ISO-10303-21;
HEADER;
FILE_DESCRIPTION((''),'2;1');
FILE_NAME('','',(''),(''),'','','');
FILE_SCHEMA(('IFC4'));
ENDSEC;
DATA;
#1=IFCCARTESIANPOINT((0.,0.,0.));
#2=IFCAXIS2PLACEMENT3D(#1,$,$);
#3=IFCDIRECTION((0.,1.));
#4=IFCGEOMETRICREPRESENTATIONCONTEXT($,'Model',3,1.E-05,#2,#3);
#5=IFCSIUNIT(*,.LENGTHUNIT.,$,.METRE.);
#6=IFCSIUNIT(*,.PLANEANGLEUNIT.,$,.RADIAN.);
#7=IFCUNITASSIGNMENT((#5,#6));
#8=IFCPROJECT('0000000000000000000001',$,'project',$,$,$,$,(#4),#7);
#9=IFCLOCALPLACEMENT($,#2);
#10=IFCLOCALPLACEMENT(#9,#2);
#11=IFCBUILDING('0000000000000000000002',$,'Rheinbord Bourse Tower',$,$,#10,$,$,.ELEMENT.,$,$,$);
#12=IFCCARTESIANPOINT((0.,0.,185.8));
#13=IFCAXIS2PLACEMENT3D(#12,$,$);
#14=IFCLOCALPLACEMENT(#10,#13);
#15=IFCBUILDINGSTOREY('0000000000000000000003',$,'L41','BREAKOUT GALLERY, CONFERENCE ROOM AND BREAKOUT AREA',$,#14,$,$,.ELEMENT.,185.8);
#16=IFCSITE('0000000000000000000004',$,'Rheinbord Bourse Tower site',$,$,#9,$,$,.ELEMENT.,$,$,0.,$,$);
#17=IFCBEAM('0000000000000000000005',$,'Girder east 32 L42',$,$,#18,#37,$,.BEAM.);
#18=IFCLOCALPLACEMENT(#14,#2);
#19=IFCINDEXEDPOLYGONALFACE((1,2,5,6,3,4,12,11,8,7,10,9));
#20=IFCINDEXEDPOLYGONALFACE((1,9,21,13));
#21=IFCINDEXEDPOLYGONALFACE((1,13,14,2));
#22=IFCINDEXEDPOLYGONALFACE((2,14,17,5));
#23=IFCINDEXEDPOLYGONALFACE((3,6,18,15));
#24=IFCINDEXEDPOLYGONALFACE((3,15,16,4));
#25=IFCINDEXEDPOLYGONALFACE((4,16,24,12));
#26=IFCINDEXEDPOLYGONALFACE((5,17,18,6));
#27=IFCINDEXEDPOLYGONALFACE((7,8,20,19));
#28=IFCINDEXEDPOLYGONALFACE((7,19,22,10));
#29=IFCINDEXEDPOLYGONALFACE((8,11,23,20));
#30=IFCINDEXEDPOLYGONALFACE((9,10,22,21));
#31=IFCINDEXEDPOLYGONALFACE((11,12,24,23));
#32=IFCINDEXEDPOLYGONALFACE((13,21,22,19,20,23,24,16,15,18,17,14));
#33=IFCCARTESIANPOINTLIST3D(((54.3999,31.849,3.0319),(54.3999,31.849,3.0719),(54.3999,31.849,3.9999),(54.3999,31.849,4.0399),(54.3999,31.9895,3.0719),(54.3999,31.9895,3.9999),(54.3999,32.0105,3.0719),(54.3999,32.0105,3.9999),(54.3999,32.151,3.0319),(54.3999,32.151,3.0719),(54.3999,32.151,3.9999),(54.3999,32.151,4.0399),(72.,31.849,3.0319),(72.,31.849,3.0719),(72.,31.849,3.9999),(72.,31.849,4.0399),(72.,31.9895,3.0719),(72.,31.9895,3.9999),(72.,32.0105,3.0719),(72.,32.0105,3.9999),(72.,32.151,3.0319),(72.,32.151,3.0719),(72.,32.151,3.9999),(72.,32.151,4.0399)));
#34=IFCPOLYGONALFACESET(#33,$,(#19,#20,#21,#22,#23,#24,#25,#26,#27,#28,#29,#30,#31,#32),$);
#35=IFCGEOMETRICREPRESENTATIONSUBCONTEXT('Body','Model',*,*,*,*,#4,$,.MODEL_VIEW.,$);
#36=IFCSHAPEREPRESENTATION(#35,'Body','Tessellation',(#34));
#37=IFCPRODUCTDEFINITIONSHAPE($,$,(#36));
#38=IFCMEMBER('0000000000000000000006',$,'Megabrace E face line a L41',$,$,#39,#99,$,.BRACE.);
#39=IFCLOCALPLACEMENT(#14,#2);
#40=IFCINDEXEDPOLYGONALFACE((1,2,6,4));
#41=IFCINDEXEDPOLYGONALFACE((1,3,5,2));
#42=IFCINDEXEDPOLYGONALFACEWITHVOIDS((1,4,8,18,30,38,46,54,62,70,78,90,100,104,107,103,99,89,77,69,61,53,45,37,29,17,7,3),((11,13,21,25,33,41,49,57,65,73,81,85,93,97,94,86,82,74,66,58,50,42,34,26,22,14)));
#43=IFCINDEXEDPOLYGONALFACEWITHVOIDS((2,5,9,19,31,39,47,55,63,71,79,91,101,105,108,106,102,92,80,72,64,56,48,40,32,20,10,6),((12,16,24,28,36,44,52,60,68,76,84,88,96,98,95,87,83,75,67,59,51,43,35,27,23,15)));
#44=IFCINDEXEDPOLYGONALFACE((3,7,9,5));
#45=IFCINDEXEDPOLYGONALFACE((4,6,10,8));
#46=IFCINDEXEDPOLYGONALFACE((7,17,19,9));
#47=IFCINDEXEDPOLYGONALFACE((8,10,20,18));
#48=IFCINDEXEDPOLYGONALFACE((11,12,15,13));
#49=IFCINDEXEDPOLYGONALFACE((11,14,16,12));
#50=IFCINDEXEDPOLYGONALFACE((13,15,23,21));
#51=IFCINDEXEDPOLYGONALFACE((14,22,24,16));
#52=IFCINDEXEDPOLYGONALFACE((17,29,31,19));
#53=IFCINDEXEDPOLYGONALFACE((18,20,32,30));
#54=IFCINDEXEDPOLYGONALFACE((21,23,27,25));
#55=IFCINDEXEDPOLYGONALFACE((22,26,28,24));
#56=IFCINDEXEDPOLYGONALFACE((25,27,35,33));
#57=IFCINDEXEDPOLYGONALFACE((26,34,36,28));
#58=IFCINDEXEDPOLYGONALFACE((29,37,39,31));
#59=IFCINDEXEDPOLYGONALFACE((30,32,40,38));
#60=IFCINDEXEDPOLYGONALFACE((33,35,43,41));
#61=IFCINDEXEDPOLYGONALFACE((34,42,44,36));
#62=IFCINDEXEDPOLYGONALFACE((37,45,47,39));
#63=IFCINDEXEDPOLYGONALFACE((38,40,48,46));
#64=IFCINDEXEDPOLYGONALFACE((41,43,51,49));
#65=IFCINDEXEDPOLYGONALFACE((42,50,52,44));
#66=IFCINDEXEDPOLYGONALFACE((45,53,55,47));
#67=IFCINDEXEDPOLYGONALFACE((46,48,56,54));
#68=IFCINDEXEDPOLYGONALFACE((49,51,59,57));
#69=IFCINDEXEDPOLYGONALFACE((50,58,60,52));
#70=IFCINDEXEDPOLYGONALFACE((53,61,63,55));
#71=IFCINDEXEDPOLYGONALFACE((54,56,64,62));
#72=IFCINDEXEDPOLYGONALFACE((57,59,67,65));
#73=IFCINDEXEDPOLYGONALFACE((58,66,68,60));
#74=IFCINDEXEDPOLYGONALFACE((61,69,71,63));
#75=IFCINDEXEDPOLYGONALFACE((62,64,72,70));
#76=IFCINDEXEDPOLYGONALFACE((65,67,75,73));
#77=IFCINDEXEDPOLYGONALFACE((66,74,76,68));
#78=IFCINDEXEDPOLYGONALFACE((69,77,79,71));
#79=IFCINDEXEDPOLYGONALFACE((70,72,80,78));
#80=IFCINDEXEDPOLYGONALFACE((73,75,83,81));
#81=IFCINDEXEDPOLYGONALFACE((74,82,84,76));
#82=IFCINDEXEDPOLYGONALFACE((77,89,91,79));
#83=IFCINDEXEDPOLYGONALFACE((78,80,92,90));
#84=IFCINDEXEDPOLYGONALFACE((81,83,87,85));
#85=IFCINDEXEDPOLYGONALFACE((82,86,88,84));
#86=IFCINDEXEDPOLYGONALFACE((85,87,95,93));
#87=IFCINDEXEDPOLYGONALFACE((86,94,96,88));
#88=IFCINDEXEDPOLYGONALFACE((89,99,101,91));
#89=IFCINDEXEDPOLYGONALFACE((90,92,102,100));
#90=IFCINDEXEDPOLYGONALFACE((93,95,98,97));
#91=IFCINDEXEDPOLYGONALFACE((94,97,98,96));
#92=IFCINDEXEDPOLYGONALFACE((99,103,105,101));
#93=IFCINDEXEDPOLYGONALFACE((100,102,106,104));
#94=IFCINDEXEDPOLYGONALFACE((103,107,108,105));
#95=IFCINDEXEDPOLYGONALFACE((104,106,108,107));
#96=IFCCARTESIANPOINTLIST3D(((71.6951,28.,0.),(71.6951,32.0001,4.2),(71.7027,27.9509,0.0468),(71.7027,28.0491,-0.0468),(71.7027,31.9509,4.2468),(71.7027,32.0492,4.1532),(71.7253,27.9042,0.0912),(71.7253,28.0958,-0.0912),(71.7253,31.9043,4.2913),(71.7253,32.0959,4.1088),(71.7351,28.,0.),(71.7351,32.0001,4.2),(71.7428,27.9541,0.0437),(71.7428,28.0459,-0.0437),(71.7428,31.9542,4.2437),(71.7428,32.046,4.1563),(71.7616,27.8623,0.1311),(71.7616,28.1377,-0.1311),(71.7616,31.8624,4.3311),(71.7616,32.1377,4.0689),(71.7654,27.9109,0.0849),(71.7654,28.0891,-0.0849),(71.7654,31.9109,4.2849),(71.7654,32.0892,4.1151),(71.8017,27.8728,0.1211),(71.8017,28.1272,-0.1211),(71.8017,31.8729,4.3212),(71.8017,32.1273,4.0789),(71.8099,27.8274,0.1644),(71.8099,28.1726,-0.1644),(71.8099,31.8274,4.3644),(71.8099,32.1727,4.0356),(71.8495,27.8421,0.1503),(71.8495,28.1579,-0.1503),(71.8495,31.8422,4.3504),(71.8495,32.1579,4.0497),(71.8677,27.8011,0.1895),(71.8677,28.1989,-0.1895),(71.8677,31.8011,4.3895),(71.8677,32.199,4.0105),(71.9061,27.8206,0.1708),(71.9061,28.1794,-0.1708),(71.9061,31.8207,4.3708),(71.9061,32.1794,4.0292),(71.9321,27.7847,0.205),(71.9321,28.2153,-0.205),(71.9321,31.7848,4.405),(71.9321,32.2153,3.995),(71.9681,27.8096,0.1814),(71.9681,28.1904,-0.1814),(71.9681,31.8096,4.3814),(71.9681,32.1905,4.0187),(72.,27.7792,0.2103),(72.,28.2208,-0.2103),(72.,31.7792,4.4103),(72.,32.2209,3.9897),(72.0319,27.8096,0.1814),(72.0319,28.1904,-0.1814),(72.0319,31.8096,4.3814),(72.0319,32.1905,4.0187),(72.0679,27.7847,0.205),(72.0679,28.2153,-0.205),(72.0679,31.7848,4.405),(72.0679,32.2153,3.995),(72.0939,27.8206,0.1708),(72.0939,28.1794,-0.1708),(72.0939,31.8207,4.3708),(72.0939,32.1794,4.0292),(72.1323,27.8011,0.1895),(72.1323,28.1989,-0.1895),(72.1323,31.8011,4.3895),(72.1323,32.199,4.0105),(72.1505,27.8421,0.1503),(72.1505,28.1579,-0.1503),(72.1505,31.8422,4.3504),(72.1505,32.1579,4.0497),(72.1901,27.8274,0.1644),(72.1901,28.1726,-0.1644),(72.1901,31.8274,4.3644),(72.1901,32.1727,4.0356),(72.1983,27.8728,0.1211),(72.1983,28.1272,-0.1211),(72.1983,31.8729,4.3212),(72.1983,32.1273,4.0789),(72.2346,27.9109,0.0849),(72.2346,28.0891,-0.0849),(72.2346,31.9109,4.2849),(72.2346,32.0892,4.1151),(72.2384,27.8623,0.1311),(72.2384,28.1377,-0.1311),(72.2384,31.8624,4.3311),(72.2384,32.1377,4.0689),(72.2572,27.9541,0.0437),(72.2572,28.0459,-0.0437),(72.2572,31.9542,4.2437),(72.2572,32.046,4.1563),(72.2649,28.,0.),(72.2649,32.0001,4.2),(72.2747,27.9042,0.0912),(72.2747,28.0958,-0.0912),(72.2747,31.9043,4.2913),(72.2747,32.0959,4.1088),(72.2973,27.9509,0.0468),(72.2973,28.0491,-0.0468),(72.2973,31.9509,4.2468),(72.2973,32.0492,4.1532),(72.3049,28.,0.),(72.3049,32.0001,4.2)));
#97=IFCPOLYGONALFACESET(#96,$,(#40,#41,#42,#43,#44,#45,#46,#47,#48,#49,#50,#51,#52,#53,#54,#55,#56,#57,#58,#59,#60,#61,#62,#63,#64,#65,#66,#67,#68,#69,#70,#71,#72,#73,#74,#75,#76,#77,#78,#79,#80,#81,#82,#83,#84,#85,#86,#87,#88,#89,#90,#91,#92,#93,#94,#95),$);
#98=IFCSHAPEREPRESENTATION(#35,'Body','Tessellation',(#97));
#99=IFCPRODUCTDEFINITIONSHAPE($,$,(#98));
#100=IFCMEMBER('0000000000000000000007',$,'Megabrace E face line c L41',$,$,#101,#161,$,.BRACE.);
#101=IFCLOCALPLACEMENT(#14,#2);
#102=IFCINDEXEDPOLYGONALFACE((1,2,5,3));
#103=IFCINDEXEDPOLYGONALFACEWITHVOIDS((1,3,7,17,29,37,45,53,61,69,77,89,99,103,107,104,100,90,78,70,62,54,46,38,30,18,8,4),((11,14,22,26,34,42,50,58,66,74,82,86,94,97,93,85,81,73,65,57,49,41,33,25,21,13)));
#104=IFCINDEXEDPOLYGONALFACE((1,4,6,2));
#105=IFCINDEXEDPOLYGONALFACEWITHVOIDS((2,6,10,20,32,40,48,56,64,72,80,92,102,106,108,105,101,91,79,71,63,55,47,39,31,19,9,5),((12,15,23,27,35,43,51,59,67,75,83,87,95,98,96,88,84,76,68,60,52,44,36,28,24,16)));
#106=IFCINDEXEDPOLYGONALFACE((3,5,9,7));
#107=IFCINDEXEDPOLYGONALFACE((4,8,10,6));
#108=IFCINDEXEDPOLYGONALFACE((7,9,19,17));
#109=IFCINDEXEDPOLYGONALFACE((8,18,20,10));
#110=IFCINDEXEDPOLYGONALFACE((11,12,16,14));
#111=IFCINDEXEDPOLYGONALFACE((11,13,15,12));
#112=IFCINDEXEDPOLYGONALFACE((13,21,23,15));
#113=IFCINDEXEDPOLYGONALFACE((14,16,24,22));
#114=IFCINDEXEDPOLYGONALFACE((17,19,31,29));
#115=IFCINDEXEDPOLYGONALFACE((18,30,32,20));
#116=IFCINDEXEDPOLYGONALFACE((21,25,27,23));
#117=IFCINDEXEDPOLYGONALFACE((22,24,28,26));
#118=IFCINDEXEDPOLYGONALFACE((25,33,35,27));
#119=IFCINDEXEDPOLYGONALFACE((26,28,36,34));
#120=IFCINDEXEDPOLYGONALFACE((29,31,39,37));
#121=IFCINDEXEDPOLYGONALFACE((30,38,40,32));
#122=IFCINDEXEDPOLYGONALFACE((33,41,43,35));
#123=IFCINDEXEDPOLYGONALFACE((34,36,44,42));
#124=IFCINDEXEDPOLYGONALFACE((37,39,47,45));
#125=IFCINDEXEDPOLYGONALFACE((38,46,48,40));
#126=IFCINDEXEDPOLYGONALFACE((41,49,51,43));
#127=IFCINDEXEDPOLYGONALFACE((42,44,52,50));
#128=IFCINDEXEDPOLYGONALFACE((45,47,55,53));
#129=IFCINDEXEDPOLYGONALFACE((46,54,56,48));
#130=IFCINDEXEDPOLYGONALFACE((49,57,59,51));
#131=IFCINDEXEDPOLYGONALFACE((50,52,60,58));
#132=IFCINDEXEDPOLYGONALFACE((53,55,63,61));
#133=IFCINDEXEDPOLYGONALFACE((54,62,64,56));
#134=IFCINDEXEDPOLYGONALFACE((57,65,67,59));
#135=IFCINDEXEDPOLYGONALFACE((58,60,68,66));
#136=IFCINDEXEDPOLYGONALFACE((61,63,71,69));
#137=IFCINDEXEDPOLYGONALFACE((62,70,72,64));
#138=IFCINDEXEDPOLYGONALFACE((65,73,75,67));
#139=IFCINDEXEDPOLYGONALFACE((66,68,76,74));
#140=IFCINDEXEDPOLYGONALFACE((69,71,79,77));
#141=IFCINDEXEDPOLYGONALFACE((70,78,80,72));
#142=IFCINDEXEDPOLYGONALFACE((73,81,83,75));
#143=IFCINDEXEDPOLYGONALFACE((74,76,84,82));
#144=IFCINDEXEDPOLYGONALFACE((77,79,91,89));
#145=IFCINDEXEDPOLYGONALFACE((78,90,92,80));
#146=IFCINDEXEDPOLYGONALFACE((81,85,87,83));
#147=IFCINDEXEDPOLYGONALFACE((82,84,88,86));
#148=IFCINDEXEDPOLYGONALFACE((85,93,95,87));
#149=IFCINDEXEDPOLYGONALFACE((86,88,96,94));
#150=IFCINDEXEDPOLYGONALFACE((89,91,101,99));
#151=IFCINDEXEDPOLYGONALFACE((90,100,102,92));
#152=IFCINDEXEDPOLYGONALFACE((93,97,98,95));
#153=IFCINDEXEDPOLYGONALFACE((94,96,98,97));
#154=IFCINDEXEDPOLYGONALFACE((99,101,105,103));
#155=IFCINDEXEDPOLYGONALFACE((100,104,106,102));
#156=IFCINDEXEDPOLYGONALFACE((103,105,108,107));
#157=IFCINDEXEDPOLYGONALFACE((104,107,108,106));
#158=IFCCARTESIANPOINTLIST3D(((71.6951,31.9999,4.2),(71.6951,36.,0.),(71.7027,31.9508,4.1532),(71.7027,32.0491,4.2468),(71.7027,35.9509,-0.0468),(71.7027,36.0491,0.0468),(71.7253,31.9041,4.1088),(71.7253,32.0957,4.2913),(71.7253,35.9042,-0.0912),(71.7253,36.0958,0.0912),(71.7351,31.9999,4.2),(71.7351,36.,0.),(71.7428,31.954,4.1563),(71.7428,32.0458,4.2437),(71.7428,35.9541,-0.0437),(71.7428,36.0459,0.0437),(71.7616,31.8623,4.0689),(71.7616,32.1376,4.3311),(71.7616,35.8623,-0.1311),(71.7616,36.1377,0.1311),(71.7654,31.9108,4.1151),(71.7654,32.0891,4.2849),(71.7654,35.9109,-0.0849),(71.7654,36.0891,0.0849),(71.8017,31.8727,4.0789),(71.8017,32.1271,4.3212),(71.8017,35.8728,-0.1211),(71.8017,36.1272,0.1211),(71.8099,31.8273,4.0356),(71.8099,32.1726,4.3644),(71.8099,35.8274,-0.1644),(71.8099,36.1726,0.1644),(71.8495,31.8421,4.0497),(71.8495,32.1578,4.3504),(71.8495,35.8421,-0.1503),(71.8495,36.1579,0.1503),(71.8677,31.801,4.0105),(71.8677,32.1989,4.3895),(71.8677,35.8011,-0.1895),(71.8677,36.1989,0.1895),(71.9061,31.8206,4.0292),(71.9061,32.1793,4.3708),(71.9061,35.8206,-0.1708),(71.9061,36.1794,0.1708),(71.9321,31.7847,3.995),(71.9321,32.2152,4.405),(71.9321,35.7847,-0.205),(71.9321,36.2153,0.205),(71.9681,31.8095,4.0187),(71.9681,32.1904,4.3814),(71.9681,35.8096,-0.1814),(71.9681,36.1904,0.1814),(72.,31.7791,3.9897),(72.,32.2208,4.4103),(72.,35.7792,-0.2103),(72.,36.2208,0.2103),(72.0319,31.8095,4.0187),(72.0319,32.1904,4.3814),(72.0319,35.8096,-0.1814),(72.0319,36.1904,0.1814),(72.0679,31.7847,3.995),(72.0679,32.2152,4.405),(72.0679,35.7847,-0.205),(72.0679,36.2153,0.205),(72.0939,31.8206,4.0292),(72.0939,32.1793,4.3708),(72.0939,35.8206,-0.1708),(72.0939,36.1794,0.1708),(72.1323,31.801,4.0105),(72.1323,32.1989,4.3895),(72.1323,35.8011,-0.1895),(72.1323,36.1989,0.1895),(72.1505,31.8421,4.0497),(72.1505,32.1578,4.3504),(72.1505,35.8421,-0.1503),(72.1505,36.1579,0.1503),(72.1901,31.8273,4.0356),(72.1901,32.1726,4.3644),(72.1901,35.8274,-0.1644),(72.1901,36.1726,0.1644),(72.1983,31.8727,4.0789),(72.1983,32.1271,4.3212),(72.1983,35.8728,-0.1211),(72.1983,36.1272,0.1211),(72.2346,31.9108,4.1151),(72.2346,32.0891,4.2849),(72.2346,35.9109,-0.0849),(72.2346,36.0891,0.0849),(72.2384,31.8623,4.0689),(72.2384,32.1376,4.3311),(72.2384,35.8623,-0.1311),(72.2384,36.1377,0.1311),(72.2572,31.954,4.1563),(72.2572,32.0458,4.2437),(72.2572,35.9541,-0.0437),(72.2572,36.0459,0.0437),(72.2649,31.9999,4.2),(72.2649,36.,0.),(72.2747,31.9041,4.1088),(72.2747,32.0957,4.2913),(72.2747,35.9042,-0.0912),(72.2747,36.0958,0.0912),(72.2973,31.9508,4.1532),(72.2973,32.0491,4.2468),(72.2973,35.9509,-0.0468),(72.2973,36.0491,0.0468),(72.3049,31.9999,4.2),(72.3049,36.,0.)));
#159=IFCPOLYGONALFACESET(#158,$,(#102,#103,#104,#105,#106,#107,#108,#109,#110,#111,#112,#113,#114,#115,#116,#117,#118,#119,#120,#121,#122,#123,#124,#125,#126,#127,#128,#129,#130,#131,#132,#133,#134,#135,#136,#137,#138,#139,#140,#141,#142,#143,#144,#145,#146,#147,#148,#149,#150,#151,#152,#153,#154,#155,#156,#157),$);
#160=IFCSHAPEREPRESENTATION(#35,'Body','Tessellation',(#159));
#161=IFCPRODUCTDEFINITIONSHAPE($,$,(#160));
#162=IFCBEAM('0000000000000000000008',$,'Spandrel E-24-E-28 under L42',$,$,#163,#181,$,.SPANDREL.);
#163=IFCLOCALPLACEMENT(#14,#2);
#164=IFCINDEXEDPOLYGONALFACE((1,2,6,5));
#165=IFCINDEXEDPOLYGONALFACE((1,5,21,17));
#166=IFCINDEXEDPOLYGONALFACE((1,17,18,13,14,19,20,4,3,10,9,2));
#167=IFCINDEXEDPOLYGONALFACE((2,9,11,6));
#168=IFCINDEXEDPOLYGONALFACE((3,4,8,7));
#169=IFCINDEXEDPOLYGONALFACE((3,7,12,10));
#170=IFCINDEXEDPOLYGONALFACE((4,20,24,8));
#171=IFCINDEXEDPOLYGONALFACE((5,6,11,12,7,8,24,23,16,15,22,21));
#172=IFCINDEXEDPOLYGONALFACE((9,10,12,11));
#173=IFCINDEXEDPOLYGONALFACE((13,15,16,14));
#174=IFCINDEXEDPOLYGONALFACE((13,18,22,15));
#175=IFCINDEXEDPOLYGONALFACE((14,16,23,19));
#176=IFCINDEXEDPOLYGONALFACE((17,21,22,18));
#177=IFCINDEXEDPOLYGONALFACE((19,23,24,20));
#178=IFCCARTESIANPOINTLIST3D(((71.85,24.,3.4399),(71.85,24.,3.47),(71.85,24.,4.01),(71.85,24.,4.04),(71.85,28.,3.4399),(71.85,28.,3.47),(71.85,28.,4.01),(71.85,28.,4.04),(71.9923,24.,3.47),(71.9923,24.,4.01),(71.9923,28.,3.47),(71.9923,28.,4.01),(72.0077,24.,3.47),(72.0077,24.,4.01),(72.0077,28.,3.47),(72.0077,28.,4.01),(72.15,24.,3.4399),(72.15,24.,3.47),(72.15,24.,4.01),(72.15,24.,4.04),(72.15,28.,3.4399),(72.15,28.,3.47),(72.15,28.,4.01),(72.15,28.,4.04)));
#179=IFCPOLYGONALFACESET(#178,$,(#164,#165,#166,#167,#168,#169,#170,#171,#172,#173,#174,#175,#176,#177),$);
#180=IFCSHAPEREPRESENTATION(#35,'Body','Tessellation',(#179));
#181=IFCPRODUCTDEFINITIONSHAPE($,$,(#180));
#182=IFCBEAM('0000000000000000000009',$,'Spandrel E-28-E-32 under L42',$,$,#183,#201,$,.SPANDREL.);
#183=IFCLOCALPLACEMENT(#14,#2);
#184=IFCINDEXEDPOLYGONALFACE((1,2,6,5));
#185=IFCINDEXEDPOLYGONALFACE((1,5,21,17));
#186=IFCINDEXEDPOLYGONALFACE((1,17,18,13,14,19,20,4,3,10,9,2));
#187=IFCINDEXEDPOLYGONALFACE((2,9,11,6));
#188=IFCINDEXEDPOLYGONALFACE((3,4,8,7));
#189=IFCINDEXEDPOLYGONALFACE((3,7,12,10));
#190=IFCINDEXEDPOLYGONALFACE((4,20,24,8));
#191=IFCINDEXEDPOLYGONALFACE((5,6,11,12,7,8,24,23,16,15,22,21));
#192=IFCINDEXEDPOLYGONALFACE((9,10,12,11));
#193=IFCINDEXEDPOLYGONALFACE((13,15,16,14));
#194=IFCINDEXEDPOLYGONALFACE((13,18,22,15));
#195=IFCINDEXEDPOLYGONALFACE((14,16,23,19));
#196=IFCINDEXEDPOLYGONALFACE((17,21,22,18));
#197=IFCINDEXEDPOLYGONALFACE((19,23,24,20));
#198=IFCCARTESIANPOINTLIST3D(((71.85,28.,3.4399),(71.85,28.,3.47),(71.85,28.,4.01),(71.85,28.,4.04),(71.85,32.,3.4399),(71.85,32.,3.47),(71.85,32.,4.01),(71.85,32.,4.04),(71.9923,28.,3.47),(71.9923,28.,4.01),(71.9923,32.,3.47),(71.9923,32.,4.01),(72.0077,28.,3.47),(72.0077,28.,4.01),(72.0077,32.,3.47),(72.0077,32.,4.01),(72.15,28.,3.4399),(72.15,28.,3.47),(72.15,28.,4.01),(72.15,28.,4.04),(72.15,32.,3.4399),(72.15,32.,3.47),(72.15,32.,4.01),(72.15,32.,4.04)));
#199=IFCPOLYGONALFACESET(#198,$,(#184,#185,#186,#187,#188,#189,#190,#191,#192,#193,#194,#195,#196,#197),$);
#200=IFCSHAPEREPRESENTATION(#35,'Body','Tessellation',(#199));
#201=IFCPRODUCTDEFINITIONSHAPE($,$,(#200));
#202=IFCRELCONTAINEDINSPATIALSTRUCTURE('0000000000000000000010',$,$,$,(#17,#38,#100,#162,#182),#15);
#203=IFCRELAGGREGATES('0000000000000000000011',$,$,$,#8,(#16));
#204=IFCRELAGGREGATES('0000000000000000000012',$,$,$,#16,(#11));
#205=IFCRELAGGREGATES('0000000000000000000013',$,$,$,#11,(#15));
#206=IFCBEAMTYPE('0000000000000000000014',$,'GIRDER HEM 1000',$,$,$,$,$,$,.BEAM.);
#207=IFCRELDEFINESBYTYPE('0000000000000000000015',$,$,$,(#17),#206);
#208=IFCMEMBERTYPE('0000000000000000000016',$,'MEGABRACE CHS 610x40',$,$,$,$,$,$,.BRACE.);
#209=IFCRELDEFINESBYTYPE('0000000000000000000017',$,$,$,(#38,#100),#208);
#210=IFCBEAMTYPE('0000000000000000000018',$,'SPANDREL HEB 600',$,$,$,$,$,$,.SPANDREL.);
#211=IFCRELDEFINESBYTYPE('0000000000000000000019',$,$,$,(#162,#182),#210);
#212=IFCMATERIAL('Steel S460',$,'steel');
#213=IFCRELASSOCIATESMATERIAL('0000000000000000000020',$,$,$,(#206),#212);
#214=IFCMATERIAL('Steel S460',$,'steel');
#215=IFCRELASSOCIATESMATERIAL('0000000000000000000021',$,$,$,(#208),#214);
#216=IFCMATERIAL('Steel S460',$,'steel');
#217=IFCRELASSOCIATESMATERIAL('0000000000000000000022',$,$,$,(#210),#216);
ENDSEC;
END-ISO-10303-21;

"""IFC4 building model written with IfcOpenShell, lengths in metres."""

from ifc_helpers import new_model, si_unit, direction, frame, origin, origin_2d, place, context, subcontext, project, spatial, hollow_circle, i_section, extrude, material, material_profile, profile_set, type_object, element, save


model = new_model("IFC4")

# Units and contexts
model_context = context("Model", 3, precision=1e-05, world=origin(), true_north=direction((0.0, 1.0)))
body_context = subcontext(model_context, "Body", "Model", "MODEL_VIEW")
ifc_project = project(units=[si_unit("LENGTHUNIT", "METRE"), si_unit("PLANEANGLEUNIT", "RADIAN")], contexts=[model_context])

# Site, building, storey
site_placement = place(None, origin())
site = spatial("IfcSite", under=ifc_project, at=site_placement, Name="Rheinbord Bourse Tower site", CompositionType="ELEMENT", RefElevation=0.0)
building_placement = place(site_placement, origin())
building = spatial("IfcBuilding", under=site, at=building_placement, Name="Rheinbord Bourse Tower", CompositionType="ELEMENT")
storey_placement = place(building_placement, frame((0.0, 0.0, 185.8)))
storey = spatial("IfcBuildingStorey", under=building, at=storey_placement, Name="L41", Description="BREAKOUT GALLERY, CONFERENCE ROOM AND BREAKOUT AREA", CompositionType="ELEMENT", Elevation=185.8)

# Beam
ifc_material_1 = material(Name="Steel S460", Category="steel")
ifc_material_profile_1 = material_profile(ifc_material_1, i_section(OverallWidth=0.302, OverallDepth=1.0081, WebThickness=0.021, FlangeThickness=0.04, at=origin_2d()), Name="HEM 1000")
ifc_profile_set_1 = profile_set([ifc_material_profile_1], Name="Steel S460")
beam_type_1 = type_object("IfcBeamType", Name="GIRDER HEM 1000", PredefinedType="BEAM", material=ifc_profile_set_1)
beam_1_placement = place(storey_placement, frame((54.3999, 32.0, 3.5359), z_axis=(1.0, 0.0, 0.0), x_axis=(0.0, 1.0, 0.0)))
element("IfcBeam", 1, at=beam_1_placement, inside=storey, type_object=beam_type_1, Name="Girder east 32 L42", PredefinedType="BEAM", context=body_context, shape_type="SweptSolid", body=[
    extrude(i_section(OverallWidth=0.302, OverallDepth=1.0081, WebThickness=0.021, FlangeThickness=0.04, at=origin_2d()), origin(), (0.0, 0.0, 1.0), 17.6001),
])

# Members
ifc_material_2 = material(Name="Steel S460", Category="steel")
ifc_material_profile_2 = material_profile(ifc_material_2, hollow_circle(Radius=0.3049, WallThickness=0.04, at=origin_2d()), Name="CHS 610x40")
ifc_profile_set_2 = profile_set([ifc_material_profile_2], Name="Steel S460")
member_type_1 = type_object("IfcMemberType", Name="MEGABRACE CHS 610x40", PredefinedType="BRACE", material=ifc_profile_set_2)
for number, where, z_axis, x_axis, name in (
    (2, (72.0, 28.0, 0.0), (0.0, 0.689659, 0.724134), (-1.0, 0.0, 0.0), "Megabrace E face line a L41"),
    (3, (72.0, 36.0, 0.0), (0.0, -0.689659, 0.724134), (1.0, 0.0, 0.0), "Megabrace E face line c L41"),
):
    element("IfcMember", number, at=place(storey_placement, frame(where, z_axis=z_axis, x_axis=x_axis)), inside=storey, type_object=member_type_1, Name=name, PredefinedType="BRACE", context=body_context, shape_type="SweptSolid", body=[
        extrude(hollow_circle(Radius=0.3049, WallThickness=0.04, at=origin_2d()), origin(), (0.0, 0.0, 1.0), 5.8),
    ])

# Beams
ifc_material_3 = material(Name="Steel S460", Category="steel")
ifc_material_profile_3 = material_profile(ifc_material_3, i_section(OverallWidth=0.3, OverallDepth=0.6001, WebThickness=0.0154, FlangeThickness=0.03, at=origin_2d()), Name="HEB 600")
ifc_profile_set_3 = profile_set([ifc_material_profile_3], Name="Steel S460")
beam_type_2 = type_object("IfcBeamType", Name="SPANDREL HEB 600", PredefinedType="SPANDREL", material=ifc_profile_set_3)
for number, where, z_axis, x_axis, name in (
    (4, (72.0, 24.0, 3.74), (0.0, 1.0, 0.0), (-1.0, 0.0, 0.0), "Spandrel E-24-E-28 under L42"),
    (5, (72.0, 28.0, 3.74), (0.0, 1.0, 0.0), (-1.0, 0.0, 0.0), "Spandrel E-28-E-32 under L42"),
):
    element("IfcBeam", number, at=place(storey_placement, frame(where, z_axis=z_axis, x_axis=x_axis)), inside=storey, type_object=beam_type_2, Name=name, PredefinedType="SPANDREL", context=body_context, shape_type="SweptSolid", body=[
        extrude(i_section(OverallWidth=0.3, OverallDepth=0.6001, WebThickness=0.0154, FlangeThickness=0.03, at=origin_2d()), origin(), (0.0, 0.0, 1.0), 4.0),
    ])

save(model, "model.ifc")
